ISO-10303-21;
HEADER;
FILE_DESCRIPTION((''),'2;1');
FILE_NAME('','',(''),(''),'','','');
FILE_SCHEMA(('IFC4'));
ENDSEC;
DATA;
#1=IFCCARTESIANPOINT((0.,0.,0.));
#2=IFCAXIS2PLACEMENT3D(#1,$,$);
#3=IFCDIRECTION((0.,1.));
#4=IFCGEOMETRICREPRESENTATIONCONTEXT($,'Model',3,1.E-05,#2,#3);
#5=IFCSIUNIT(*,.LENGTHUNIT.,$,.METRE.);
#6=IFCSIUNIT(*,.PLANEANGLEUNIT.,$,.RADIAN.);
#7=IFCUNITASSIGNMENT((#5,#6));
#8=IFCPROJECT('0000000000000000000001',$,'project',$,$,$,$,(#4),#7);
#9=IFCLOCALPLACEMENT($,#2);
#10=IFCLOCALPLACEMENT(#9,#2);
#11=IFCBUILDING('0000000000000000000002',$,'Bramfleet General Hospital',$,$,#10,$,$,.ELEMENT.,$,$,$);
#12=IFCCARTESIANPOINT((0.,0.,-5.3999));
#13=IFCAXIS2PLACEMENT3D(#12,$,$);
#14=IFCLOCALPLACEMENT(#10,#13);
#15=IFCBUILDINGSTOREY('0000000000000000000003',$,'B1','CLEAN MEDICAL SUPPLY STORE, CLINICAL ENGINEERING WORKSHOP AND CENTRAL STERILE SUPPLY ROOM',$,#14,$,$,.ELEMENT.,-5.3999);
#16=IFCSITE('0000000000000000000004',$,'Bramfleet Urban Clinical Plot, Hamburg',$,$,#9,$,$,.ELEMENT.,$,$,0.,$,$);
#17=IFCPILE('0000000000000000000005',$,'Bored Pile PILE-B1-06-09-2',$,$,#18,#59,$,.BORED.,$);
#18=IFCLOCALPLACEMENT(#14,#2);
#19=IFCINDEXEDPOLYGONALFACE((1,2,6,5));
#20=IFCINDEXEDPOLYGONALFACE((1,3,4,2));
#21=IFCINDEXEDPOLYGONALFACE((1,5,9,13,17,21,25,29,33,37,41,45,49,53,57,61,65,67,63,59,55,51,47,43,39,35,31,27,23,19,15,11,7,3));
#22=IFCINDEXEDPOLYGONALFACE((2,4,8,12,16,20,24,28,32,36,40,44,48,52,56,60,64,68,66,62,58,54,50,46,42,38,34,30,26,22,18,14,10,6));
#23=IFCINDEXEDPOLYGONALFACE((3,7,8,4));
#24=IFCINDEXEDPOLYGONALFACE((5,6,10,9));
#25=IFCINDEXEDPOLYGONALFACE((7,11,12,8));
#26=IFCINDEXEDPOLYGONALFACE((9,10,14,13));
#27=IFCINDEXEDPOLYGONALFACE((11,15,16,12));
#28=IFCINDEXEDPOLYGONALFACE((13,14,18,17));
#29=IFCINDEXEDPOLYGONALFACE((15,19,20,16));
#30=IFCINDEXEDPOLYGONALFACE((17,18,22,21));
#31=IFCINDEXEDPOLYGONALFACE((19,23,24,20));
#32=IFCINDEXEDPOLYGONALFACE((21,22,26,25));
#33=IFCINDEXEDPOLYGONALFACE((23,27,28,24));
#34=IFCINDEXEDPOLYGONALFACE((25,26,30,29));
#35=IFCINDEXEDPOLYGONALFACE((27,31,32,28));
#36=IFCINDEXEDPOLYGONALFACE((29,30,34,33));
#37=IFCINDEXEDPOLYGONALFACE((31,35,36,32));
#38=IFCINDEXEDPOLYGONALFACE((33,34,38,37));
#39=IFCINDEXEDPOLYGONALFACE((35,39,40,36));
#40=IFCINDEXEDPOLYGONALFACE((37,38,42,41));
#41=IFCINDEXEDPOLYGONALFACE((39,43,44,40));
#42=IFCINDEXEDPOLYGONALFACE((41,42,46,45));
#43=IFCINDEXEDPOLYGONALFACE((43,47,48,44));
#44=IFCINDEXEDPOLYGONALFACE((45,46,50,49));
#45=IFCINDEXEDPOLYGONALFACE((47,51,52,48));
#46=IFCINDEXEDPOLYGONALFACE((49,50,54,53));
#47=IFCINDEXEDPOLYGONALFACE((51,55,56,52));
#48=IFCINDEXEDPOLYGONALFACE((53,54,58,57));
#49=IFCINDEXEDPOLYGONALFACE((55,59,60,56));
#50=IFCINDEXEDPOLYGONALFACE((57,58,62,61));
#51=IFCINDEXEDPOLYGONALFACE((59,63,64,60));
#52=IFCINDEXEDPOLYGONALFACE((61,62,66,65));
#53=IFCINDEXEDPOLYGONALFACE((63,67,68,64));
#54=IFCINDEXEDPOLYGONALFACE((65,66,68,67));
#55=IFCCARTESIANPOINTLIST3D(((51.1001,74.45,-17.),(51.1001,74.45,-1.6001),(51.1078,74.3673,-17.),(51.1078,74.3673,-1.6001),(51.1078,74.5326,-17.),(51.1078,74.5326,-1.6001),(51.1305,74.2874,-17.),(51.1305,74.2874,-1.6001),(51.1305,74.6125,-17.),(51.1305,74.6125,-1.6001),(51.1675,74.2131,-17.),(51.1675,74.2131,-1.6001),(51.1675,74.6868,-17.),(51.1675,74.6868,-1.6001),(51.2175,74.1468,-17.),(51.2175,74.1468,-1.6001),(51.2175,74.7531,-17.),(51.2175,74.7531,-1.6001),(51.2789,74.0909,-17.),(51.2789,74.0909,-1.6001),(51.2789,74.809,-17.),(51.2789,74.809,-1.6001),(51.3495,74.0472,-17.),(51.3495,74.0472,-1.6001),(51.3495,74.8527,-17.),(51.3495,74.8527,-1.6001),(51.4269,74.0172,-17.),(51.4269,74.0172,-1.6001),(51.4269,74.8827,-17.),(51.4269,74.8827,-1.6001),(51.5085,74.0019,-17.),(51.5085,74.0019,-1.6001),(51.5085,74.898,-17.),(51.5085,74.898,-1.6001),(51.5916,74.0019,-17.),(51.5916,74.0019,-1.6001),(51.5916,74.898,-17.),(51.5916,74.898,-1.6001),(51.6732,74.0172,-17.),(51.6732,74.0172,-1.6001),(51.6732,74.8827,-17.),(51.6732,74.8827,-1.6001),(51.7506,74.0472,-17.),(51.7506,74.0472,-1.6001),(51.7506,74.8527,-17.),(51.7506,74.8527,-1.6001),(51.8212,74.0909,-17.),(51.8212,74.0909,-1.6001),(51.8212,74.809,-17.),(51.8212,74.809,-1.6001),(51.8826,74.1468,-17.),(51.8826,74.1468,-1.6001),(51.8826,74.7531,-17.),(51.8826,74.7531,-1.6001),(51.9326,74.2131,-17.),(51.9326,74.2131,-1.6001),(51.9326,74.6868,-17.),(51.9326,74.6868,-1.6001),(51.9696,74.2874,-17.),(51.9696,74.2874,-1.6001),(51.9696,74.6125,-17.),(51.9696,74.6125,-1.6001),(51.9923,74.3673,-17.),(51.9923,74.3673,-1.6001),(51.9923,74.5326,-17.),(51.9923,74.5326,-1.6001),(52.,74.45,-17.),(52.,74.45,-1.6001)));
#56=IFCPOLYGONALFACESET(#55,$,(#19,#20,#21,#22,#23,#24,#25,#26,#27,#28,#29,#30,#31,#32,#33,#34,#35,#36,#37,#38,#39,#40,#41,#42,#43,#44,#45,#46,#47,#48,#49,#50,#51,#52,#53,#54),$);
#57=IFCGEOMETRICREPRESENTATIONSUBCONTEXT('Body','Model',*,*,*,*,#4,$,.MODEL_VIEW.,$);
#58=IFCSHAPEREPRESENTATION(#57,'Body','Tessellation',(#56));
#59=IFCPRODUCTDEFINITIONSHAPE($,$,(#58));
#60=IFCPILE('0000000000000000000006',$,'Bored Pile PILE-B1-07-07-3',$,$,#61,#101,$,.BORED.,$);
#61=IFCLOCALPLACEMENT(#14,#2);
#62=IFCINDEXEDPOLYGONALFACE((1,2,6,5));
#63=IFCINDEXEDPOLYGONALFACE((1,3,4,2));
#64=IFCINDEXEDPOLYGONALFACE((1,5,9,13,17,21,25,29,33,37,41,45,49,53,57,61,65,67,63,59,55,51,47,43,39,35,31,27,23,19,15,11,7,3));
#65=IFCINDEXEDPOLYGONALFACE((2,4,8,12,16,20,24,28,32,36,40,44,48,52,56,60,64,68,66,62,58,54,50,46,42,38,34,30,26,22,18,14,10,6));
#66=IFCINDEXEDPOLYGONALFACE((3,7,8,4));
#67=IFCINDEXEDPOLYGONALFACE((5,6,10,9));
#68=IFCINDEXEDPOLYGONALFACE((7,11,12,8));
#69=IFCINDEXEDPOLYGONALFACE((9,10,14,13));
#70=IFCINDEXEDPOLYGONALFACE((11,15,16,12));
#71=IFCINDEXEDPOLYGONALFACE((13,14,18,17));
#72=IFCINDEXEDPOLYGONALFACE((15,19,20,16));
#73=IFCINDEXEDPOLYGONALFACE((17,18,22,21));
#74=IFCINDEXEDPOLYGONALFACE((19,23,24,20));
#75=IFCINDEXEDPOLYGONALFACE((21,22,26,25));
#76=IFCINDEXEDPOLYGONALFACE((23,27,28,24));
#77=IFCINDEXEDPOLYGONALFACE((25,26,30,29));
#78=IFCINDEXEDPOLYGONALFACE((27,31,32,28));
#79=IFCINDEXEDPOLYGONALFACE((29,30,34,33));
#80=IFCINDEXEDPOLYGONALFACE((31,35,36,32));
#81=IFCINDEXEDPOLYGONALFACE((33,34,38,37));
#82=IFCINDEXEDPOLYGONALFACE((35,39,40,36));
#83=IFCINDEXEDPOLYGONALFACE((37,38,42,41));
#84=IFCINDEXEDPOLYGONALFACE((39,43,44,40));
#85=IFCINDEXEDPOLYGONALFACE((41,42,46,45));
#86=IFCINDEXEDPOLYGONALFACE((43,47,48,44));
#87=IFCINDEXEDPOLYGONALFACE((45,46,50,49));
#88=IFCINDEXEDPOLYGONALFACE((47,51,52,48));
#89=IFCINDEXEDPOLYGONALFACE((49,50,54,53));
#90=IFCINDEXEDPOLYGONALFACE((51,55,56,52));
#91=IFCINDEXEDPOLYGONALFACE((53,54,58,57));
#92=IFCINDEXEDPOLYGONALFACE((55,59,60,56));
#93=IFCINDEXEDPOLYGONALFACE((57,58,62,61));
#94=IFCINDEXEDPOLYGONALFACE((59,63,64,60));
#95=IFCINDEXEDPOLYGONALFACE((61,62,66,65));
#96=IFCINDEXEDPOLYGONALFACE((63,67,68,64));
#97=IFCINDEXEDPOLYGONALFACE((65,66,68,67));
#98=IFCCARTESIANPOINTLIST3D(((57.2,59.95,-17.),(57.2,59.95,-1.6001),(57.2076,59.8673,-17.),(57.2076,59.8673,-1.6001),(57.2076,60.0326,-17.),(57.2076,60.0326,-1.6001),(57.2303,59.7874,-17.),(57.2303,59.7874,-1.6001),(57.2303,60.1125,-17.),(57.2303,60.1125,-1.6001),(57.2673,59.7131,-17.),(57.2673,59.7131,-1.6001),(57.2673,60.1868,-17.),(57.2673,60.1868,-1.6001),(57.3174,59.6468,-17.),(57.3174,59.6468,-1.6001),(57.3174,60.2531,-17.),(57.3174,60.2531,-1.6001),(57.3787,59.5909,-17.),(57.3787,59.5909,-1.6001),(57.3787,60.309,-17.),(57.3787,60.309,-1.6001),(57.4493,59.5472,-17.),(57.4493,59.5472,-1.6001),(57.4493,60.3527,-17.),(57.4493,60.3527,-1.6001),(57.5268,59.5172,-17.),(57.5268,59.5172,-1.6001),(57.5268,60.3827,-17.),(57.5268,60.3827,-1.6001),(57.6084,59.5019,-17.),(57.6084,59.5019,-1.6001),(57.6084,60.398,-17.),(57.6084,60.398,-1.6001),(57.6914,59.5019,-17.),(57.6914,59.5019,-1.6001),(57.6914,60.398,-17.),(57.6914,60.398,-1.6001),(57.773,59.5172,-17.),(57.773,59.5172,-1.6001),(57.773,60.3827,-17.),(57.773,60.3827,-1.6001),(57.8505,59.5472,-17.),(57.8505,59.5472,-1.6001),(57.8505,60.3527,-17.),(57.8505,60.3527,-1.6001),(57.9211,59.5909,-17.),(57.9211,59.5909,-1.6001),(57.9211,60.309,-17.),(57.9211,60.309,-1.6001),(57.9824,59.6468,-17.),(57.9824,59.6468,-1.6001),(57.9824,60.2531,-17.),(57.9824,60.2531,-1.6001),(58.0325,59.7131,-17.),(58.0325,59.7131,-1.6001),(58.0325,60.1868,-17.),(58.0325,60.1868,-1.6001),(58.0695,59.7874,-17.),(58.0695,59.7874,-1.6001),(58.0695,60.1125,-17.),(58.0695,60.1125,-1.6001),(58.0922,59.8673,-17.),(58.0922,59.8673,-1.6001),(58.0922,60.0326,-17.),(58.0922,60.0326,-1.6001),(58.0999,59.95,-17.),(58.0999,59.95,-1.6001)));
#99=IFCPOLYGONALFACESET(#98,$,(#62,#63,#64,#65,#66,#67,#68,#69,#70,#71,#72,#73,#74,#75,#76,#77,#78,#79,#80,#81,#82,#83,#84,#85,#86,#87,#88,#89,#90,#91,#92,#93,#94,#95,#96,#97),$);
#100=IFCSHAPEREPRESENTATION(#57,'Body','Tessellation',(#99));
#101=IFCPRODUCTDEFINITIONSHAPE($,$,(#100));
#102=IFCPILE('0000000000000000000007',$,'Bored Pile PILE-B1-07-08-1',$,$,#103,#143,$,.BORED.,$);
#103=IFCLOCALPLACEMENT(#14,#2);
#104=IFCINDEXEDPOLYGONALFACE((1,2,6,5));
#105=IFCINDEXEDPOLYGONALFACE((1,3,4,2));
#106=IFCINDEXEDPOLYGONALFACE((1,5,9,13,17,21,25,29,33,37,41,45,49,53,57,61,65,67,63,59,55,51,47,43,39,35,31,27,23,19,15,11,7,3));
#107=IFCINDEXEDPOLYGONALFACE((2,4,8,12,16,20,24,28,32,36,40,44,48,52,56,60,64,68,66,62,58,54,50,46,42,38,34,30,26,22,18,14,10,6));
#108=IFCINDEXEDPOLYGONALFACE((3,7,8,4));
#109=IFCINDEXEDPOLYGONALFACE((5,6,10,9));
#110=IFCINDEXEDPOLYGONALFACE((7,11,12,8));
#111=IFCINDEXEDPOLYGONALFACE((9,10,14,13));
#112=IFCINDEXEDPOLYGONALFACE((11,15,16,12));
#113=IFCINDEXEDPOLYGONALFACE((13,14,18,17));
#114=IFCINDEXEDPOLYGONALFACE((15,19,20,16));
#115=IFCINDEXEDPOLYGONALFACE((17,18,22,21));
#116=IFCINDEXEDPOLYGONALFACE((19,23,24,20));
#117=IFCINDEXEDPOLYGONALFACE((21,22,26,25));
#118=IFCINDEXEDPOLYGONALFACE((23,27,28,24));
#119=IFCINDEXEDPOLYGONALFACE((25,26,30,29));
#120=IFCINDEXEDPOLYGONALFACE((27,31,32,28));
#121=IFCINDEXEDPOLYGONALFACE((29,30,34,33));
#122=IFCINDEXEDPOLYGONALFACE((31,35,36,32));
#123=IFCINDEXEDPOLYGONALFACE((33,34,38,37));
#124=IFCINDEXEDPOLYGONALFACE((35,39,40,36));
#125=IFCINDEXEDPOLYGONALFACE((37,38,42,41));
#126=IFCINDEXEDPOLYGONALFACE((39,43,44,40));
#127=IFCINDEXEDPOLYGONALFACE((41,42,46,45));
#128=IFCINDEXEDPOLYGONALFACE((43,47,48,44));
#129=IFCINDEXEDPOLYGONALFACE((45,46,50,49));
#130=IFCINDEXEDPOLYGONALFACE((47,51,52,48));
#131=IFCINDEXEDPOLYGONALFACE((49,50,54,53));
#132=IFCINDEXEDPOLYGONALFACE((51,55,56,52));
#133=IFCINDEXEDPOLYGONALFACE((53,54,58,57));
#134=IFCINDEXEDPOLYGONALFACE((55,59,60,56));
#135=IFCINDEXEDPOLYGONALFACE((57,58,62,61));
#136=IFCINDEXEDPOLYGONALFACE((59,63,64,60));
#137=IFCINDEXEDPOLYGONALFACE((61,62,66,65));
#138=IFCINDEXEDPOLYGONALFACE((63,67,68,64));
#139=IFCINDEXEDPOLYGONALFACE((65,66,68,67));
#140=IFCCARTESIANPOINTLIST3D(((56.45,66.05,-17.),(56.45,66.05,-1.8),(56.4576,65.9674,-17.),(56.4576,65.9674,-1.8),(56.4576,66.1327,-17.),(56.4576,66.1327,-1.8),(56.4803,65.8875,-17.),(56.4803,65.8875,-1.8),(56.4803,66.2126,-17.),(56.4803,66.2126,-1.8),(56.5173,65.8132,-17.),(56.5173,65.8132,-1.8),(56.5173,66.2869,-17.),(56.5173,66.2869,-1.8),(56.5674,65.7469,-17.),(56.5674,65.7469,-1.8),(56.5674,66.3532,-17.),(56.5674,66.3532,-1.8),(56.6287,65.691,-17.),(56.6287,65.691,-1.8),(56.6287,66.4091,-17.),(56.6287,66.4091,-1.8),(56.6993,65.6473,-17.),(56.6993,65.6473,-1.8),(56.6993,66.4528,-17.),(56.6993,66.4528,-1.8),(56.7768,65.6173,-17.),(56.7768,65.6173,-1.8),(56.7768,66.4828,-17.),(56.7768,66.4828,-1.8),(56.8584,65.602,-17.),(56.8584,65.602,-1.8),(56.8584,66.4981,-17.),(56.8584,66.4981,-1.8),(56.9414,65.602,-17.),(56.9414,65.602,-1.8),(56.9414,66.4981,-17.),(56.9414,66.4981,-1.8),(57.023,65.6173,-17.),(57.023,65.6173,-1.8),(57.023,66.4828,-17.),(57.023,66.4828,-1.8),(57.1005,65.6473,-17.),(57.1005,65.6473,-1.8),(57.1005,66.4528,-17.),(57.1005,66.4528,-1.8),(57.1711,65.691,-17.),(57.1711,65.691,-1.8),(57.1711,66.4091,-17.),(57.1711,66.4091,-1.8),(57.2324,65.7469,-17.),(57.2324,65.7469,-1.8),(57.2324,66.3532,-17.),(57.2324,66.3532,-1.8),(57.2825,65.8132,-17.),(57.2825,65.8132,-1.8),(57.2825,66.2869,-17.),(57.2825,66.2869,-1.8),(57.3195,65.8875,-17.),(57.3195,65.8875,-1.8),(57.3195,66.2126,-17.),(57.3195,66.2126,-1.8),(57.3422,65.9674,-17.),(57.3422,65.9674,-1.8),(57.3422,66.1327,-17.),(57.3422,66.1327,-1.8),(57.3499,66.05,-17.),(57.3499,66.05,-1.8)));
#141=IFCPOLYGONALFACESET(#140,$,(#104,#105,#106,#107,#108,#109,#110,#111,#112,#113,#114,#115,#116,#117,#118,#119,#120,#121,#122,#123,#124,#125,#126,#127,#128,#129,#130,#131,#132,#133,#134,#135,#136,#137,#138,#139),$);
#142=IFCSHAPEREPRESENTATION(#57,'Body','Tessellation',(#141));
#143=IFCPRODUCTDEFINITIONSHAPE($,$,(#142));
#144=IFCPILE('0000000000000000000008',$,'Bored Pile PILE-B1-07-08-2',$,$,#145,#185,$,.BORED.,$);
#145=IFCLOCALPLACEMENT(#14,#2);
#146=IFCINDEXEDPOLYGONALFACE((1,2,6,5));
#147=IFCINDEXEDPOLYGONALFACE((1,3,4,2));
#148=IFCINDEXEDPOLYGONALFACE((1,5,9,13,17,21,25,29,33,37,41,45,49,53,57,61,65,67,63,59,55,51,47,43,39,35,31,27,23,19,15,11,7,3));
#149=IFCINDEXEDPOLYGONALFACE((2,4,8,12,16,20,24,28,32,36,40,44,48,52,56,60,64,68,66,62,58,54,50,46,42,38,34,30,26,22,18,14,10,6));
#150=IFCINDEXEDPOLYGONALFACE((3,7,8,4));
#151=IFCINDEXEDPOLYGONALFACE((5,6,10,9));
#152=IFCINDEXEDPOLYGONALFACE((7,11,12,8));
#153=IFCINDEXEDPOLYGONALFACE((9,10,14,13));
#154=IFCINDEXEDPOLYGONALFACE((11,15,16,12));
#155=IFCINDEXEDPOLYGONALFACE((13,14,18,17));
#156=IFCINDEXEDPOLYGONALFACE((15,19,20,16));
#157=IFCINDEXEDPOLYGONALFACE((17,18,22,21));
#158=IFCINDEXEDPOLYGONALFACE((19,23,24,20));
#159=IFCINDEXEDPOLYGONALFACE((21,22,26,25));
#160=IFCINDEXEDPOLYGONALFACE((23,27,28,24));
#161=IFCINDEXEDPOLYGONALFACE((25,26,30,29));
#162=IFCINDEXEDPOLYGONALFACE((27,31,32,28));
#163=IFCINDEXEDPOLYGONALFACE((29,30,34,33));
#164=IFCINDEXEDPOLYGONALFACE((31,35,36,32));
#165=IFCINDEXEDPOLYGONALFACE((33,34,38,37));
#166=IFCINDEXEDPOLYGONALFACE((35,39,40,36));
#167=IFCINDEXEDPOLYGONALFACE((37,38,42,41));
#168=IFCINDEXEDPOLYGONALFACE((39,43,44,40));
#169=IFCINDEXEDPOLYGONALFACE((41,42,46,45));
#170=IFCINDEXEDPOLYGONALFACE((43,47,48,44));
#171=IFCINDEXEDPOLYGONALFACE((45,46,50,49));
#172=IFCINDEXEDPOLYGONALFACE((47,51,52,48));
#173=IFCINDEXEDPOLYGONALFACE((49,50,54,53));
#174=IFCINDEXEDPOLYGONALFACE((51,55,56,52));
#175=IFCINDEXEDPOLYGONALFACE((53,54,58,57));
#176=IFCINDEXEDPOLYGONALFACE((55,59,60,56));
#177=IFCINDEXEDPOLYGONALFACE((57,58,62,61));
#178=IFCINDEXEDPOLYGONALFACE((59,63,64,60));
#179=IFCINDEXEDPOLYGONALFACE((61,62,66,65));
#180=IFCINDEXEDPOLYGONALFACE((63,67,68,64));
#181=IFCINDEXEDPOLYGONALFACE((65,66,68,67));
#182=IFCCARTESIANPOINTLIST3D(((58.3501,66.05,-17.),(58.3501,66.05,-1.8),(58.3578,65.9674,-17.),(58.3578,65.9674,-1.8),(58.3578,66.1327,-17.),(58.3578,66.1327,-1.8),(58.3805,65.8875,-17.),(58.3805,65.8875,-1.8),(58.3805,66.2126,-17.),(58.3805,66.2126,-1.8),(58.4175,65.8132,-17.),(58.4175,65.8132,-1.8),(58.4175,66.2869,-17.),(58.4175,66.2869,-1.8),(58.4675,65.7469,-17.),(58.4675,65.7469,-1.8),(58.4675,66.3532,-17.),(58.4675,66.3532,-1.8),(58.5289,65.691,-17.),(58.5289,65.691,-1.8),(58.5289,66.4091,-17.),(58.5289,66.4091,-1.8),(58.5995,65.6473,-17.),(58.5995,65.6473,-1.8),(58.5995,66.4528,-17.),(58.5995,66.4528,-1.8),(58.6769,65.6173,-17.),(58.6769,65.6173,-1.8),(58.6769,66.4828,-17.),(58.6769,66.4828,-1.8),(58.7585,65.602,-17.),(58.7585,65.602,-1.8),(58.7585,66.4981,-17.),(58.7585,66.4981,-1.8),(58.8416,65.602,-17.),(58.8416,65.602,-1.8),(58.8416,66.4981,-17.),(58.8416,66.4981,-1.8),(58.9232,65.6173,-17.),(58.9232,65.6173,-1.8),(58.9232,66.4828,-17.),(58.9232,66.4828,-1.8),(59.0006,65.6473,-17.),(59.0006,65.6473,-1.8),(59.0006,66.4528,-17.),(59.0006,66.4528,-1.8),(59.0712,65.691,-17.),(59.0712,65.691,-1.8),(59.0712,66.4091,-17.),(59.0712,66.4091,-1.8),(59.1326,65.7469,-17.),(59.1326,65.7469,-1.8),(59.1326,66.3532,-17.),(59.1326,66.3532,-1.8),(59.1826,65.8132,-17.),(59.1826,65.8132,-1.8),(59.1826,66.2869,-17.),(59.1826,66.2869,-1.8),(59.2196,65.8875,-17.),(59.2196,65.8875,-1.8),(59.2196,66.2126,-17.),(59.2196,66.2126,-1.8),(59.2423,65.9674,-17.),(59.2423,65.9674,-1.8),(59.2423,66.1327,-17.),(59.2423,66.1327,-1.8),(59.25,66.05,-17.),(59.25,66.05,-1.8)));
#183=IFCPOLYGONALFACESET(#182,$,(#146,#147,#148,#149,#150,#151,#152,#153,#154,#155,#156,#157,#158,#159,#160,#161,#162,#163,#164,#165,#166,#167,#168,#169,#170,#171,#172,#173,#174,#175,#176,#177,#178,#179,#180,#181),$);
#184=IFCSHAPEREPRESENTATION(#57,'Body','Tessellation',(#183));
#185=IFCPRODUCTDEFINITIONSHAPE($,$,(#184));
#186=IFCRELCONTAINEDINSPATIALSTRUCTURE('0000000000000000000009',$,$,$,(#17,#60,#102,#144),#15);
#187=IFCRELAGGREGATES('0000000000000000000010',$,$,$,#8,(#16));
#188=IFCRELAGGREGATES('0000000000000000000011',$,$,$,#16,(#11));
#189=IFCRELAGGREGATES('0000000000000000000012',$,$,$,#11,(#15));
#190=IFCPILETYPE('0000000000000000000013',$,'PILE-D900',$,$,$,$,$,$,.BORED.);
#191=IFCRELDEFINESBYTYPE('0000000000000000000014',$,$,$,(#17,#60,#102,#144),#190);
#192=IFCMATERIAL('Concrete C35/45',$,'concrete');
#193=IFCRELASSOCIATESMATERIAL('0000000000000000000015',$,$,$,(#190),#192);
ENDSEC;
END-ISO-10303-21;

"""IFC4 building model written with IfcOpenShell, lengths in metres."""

from ifc_helpers import new_model, si_unit, direction, frame, origin, origin_2d, place, context, subcontext, project, spatial, circle, extrude, material, material_profile, profile_set, type_object, element, save


model = new_model("IFC4")

# Units and contexts
model_context = context("Model", 3, precision=1e-05, world=origin(), true_north=direction((0.0, 1.0)))
body_context = subcontext(model_context, "Body", "Model", "MODEL_VIEW")
ifc_project = project(units=[si_unit("LENGTHUNIT", "METRE"), si_unit("PLANEANGLEUNIT", "RADIAN")], contexts=[model_context])

# Site, building, storey
site_placement = place(None, origin())
site = spatial("IfcSite", under=ifc_project, at=site_placement, Name="Bramfleet Urban Clinical Plot, Hamburg", CompositionType="ELEMENT", RefElevation=0.0)
building_placement = place(site_placement, origin())
building = spatial("IfcBuilding", under=site, at=building_placement, Name="Bramfleet General Hospital", CompositionType="ELEMENT")
storey_placement = place(building_placement, frame((0.0, 0.0, -5.3999)))
storey = spatial("IfcBuildingStorey", under=building, at=storey_placement, Name="B1", Description="CLEAN MEDICAL SUPPLY STORE, CLINICAL ENGINEERING WORKSHOP AND CENTRAL STERILE SUPPLY ROOM", CompositionType="ELEMENT", Elevation=-5.3999)

# Shared definitions
ifc_material_1 = material(Name="Concrete C35/45", Category="concrete")

# Piles
ifc_material_profile_1 = material_profile(ifc_material_1, circle(Radius=0.45, at=origin_2d()), Name="PILE BORED D900")
ifc_profile_set_1 = profile_set([ifc_material_profile_1], Name="Concrete C35/45")
pile_type = type_object("IfcPileType", Name="PILE-D900", PredefinedType="BORED", material=ifc_profile_set_1)
for number, where, z_axis, x_axis, name in (
    (1, (51.55, 74.45, -1.6001), (0.0, 0.0, -1.0), (1.0, 0.0, 0.0), "Bored Pile PILE-B1-06-09-2"),
    (2, (57.6499, 59.95, -1.6001), (0.0, 0.0, -1.0), (1.0, 0.0, 0.0), "Bored Pile PILE-B1-07-07-3"),
):
    element("IfcPile", number, at=place(storey_placement, frame(where, z_axis=z_axis, x_axis=x_axis)), inside=storey, type_object=pile_type, Name=name, PredefinedType="BORED", context=body_context, shape_type="SweptSolid", body=[
        extrude(circle(Radius=0.45, at=origin_2d()), origin(), (0.0, 0.0, 1.0), 15.3999),
    ])
for number, where, z_axis, x_axis, name in (
    (3, (56.8999, 66.05, -1.8), (0.0, 0.0, -1.0), (1.0, 0.0, 0.0), "Bored Pile PILE-B1-07-08-1"),
    (4, (58.8, 66.05, -1.8), (0.0, 0.0, -1.0), (1.0, 0.0, 0.0), "Bored Pile PILE-B1-07-08-2"),
):
    element("IfcPile", number, at=place(storey_placement, frame(where, z_axis=z_axis, x_axis=x_axis)), inside=storey, type_object=pile_type, Name=name, PredefinedType="BORED", context=body_context, shape_type="SweptSolid", body=[
        extrude(circle(Radius=0.45, at=origin_2d()), origin(), (0.0, 0.0, 1.0), 15.2),
    ])

save(model, "model.ifc")
